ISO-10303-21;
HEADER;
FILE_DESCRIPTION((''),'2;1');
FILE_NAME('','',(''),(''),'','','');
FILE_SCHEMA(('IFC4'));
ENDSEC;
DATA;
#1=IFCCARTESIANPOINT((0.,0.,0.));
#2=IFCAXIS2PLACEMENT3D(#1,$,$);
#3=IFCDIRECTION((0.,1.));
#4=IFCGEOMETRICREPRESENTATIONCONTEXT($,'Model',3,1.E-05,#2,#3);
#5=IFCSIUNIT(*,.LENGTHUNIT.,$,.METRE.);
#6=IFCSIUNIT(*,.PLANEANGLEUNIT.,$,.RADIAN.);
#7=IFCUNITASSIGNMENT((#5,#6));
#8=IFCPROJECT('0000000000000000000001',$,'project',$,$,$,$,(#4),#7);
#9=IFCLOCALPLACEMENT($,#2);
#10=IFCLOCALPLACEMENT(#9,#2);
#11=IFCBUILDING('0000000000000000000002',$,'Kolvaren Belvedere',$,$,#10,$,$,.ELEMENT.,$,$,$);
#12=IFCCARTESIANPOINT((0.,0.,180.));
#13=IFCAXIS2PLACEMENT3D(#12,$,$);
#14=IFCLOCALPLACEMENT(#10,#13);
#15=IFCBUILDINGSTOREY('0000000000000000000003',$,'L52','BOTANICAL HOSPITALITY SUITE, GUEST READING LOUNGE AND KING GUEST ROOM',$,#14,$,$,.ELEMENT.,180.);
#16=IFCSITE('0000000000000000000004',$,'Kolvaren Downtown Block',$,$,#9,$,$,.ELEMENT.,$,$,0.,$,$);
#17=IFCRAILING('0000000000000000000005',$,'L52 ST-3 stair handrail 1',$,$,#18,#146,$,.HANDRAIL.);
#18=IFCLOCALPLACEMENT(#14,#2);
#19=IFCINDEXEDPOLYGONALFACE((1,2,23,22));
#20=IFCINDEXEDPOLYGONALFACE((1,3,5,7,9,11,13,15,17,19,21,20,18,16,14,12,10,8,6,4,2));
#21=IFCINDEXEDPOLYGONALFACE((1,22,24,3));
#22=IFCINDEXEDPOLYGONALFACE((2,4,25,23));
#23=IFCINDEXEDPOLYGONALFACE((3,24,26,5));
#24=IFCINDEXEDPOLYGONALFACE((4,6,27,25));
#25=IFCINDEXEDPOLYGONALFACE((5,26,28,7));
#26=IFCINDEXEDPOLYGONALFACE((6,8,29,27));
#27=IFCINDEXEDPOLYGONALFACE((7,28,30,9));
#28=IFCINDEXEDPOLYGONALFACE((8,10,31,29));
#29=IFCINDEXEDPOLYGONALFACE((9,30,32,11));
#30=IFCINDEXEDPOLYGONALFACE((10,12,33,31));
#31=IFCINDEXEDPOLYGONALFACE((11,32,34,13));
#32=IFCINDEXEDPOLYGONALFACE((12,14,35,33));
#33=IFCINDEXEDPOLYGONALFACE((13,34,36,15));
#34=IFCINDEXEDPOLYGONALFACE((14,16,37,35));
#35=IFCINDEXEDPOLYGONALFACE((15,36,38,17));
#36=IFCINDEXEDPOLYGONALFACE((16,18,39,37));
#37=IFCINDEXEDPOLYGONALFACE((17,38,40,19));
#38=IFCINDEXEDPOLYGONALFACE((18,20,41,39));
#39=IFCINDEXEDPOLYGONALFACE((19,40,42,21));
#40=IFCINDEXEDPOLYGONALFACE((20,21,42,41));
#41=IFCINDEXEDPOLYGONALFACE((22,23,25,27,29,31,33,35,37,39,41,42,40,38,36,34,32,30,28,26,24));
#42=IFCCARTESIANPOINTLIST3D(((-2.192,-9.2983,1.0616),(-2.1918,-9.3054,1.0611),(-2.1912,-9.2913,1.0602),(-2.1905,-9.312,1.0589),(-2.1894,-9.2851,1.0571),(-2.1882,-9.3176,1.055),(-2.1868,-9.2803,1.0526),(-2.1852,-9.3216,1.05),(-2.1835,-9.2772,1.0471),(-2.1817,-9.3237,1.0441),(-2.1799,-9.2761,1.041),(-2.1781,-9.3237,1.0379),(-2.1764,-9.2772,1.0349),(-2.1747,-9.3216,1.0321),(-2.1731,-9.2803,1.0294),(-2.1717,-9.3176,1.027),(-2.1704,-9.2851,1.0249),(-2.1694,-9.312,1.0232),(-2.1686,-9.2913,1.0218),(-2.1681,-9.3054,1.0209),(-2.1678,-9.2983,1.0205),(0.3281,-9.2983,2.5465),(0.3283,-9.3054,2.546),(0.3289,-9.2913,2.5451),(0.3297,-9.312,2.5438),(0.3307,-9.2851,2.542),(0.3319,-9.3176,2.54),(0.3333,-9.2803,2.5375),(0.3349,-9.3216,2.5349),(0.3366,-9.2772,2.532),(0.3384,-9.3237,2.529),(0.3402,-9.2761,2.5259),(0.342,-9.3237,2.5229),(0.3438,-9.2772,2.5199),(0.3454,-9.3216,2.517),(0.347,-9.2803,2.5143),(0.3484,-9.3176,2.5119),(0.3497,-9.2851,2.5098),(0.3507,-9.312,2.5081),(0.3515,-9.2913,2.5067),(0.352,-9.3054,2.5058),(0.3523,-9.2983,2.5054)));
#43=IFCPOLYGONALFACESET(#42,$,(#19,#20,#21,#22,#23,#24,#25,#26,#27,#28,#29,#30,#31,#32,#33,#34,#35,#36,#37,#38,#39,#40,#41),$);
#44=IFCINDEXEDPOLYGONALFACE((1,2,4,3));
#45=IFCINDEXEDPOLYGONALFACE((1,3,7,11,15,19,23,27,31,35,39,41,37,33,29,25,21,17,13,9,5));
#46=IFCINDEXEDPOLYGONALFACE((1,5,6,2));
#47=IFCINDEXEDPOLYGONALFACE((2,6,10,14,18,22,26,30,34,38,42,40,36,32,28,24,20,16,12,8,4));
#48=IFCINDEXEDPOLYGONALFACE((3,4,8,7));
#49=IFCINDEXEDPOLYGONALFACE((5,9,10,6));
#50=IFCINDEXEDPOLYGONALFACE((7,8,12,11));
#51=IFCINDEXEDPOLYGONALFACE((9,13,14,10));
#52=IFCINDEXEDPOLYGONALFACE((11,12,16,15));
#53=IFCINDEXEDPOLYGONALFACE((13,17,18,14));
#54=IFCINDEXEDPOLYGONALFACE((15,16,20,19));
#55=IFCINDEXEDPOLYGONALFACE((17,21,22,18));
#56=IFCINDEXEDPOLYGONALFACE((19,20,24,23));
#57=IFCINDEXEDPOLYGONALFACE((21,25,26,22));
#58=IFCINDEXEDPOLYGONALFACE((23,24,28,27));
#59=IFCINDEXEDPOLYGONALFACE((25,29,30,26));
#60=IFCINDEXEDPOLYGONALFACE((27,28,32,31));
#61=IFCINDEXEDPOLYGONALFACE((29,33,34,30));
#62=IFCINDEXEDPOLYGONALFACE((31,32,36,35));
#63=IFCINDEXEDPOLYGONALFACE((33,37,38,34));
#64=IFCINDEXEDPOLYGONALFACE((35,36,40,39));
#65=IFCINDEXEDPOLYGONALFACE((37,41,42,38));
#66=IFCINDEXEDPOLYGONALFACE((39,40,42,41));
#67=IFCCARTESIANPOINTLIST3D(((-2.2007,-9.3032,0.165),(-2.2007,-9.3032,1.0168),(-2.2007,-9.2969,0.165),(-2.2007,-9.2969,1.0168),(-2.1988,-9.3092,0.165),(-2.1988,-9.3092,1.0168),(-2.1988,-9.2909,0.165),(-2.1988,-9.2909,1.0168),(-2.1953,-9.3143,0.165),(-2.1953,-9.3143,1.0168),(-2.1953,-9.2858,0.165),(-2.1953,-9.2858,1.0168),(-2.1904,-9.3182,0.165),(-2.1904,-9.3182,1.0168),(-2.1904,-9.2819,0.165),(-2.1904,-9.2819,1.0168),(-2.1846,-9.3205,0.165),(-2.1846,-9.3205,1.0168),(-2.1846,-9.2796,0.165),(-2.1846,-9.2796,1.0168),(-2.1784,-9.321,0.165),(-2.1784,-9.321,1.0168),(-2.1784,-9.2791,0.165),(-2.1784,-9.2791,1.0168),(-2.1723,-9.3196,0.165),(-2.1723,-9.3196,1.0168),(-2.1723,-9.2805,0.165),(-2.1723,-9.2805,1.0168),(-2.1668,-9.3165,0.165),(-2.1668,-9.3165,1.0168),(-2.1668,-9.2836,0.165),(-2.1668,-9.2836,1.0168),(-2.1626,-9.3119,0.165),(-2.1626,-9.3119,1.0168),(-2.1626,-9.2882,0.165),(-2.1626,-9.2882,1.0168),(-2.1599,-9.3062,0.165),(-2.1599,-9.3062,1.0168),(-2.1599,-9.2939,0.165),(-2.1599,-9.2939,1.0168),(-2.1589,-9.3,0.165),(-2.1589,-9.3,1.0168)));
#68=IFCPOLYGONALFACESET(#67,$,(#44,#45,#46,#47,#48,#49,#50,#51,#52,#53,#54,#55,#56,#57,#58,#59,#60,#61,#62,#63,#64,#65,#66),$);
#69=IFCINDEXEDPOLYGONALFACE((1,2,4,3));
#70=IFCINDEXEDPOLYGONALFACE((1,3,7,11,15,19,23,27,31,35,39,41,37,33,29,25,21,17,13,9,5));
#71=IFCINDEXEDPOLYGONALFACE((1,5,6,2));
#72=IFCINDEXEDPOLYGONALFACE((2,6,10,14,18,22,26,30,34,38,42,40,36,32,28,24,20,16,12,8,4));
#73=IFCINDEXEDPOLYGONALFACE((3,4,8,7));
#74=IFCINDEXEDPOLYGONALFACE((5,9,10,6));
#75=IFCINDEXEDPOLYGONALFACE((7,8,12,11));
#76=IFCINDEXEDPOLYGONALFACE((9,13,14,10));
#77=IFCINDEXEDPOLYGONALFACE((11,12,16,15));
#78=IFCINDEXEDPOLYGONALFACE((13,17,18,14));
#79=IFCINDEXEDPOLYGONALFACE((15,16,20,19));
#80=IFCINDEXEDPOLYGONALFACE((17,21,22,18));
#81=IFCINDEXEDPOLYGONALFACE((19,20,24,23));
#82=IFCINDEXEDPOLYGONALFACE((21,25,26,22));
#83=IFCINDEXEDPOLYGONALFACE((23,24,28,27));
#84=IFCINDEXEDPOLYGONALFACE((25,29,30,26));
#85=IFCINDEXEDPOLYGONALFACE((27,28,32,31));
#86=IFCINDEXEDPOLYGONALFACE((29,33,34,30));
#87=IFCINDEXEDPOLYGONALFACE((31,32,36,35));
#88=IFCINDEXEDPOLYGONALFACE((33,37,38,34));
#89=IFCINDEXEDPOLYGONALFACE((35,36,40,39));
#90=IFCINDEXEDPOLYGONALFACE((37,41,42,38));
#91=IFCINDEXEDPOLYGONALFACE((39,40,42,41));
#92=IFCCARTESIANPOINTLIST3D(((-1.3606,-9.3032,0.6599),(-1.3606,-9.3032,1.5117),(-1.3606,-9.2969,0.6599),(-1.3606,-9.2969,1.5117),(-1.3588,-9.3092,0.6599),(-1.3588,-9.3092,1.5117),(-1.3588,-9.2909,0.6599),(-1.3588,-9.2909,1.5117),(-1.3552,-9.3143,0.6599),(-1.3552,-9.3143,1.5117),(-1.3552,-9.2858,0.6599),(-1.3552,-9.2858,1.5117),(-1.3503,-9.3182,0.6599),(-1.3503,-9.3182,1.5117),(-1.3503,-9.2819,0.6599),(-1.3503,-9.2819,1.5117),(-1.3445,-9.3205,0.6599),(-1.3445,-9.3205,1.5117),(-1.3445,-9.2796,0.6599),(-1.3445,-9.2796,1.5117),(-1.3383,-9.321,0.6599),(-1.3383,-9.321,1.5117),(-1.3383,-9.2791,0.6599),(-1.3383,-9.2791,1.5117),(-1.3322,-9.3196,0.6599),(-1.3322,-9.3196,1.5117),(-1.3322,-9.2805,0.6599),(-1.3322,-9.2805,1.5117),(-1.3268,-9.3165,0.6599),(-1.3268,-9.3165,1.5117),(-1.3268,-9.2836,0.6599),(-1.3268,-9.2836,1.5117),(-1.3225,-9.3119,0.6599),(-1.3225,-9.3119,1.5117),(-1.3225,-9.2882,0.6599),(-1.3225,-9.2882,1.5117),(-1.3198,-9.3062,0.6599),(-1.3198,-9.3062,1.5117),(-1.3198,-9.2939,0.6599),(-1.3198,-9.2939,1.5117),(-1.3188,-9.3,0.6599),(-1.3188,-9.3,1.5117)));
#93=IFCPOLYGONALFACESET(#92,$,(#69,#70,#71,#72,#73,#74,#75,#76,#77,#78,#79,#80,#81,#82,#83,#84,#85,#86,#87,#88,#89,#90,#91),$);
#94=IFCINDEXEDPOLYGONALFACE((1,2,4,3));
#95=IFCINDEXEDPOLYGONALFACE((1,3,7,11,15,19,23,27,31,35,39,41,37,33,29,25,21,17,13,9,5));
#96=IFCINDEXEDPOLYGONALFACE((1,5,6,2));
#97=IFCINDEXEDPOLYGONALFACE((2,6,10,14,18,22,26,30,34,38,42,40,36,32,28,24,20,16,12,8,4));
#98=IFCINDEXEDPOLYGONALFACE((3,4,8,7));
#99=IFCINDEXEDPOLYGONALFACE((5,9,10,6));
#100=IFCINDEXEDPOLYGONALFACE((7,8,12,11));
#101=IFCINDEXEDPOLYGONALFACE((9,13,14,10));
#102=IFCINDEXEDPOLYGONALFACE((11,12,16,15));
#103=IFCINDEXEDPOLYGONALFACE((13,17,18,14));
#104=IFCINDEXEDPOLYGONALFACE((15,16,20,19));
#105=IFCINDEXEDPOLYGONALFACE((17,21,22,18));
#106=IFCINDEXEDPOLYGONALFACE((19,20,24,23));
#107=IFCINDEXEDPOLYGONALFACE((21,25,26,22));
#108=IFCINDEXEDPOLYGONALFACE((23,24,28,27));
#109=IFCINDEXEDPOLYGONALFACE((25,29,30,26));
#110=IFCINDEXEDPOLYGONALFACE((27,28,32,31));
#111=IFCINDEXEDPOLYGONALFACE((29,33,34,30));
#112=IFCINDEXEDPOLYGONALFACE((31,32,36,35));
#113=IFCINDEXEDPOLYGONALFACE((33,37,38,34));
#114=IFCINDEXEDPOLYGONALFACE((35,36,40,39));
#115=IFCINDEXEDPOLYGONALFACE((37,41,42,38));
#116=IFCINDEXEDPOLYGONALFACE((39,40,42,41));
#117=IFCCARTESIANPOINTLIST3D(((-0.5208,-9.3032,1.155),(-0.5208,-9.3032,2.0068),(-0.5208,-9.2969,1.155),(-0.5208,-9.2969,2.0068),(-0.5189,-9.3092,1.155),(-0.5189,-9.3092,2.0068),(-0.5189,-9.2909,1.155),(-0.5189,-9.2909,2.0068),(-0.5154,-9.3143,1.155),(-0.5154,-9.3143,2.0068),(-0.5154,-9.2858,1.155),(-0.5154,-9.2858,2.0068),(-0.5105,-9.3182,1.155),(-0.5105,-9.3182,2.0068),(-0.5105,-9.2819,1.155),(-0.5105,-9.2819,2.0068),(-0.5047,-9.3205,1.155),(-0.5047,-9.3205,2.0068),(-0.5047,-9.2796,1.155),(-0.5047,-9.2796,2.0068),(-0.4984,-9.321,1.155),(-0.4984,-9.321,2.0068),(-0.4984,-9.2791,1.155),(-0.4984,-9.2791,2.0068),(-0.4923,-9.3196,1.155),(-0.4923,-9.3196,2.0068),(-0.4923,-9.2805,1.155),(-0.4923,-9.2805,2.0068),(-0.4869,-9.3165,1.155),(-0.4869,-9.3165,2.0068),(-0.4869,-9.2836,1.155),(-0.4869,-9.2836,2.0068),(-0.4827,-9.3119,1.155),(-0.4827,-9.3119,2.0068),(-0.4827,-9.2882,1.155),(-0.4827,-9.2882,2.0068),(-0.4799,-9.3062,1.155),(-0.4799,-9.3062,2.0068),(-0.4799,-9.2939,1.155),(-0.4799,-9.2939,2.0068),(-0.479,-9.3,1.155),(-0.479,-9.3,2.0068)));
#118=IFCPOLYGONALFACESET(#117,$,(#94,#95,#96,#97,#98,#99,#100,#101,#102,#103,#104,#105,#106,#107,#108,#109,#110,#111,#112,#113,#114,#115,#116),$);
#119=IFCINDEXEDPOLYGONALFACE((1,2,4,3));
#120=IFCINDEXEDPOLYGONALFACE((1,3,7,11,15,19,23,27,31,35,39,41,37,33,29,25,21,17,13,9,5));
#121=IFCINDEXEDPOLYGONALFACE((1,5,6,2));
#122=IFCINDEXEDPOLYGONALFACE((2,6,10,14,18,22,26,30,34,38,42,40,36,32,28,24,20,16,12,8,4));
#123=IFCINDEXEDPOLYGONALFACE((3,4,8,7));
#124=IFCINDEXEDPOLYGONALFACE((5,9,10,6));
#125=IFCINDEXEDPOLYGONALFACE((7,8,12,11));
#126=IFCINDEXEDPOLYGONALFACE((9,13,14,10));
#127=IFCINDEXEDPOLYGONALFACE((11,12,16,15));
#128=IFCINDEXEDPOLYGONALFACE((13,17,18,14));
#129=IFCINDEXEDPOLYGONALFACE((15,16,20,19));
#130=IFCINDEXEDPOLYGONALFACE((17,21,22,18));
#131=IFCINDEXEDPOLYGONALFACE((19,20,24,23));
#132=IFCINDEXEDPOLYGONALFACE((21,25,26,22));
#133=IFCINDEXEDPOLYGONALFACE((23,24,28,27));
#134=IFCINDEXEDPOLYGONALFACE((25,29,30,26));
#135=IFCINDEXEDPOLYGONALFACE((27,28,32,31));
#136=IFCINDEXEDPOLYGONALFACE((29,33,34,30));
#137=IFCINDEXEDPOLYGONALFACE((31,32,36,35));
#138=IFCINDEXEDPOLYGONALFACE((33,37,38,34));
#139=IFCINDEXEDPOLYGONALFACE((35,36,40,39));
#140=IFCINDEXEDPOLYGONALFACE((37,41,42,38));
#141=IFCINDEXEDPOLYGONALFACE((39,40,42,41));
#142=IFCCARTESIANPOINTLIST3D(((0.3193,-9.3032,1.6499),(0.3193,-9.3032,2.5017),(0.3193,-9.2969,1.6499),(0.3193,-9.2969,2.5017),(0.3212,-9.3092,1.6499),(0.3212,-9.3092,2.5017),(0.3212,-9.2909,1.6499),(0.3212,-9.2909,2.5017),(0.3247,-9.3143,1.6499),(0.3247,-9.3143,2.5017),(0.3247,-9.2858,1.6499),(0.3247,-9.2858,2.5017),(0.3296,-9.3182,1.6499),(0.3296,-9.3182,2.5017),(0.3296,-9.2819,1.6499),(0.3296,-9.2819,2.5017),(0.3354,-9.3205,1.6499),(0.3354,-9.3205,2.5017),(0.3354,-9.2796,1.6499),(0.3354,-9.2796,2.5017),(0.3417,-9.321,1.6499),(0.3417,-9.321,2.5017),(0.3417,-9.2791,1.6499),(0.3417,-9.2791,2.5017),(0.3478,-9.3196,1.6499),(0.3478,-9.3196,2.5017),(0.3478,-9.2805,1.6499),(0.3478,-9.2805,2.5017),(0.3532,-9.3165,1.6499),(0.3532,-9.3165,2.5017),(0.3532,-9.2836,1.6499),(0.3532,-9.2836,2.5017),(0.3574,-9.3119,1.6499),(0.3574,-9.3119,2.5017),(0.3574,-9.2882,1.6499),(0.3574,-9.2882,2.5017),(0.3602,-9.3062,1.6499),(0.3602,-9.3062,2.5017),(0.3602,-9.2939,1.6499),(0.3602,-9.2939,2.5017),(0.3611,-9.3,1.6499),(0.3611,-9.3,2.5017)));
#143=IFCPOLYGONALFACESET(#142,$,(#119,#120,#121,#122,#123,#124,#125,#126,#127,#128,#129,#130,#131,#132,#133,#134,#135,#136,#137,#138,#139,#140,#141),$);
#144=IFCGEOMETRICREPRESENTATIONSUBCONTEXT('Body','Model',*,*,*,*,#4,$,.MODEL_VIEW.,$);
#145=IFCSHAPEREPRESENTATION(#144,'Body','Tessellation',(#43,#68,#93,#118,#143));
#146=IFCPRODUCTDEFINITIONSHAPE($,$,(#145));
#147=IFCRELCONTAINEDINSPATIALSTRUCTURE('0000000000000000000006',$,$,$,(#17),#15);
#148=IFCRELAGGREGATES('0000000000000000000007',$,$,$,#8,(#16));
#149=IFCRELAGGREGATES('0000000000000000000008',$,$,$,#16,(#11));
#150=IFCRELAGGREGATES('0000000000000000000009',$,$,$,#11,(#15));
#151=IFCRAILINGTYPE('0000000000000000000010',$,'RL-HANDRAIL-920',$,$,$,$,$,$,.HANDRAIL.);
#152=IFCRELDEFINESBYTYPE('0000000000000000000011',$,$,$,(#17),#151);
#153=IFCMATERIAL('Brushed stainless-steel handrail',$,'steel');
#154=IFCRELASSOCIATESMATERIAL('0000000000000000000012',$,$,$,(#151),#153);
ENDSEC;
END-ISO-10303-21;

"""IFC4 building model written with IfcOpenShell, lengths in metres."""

from ifc_helpers import new_model, si_unit, direction, frame, origin, origin_2d, place, context, subcontext, project, spatial, circle, extrude, material, type_object, element, save


model = new_model("IFC4")

# Units and contexts
model_context = context("Model", 3, precision=1e-05, world=origin(), true_north=direction((0.0, 1.0)))
body_context = subcontext(model_context, "Body", "Model", "MODEL_VIEW")
ifc_project = project(units=[si_unit("LENGTHUNIT", "METRE"), si_unit("PLANEANGLEUNIT", "RADIAN")], contexts=[model_context])

# Site, building, storey
site_placement = place(None, origin())
site = spatial("IfcSite", under=ifc_project, at=site_placement, Name="Kolvaren Downtown Block", CompositionType="ELEMENT", RefElevation=0.0)
building_placement = place(site_placement, origin())
building = spatial("IfcBuilding", under=site, at=building_placement, Name="Kolvaren Belvedere", CompositionType="ELEMENT")
storey_placement = place(building_placement, frame((0.0, 0.0, 180.0)))
storey = spatial("IfcBuildingStorey", under=building, at=storey_placement, Name="L52", Description="BOTANICAL HOSPITALITY SUITE, GUEST READING LOUNGE AND KING GUEST ROOM", CompositionType="ELEMENT", Elevation=180.0)

# Railing
ifc_material_1 = material(Name="Brushed stainless-steel handrail", Category="steel")
railing_type_1 = type_object("IfcRailingType", Name="RL-HANDRAIL-920", PredefinedType="HANDRAIL", material=ifc_material_1)
railing_1_placement = place(storey_placement, frame((-2.1799, -9.3, 0.165)))
element("IfcRailing", 1, at=railing_1_placement, inside=storey, type_object=railing_type_1, Name="L52 ST-3 stair handrail 1", PredefinedType="HANDRAIL", context=body_context, shape_type="SweptSolid", body=[
    extrude(circle(Radius=0.0239, at=origin_2d()), frame((0.0, 0.0, 0.876), z_axis=(0.861561, 0.0, 0.507655), x_axis=(0.0, 1.0, 0.0)), (0.0, 0.0, 1.0), 2.925),
    extrude(circle(Radius=0.021, at=origin_2d()), origin(), (0.0, 0.0, 1.0), 0.8518),
    extrude(circle(Radius=0.021, at=origin_2d()), frame((0.8401, 0.0, 0.4949)), (0.0, 0.0, 1.0), 0.8518),
    extrude(circle(Radius=0.021, at=origin_2d()), frame((1.6799, 0.0, 0.99)), (0.0, 0.0, 1.0), 0.8518),
    extrude(circle(Radius=0.021, at=origin_2d()), frame((2.52, 0.0, 1.4849)), (0.0, 0.0, 1.0), 0.8518),
])

save(model, "model.ifc")
